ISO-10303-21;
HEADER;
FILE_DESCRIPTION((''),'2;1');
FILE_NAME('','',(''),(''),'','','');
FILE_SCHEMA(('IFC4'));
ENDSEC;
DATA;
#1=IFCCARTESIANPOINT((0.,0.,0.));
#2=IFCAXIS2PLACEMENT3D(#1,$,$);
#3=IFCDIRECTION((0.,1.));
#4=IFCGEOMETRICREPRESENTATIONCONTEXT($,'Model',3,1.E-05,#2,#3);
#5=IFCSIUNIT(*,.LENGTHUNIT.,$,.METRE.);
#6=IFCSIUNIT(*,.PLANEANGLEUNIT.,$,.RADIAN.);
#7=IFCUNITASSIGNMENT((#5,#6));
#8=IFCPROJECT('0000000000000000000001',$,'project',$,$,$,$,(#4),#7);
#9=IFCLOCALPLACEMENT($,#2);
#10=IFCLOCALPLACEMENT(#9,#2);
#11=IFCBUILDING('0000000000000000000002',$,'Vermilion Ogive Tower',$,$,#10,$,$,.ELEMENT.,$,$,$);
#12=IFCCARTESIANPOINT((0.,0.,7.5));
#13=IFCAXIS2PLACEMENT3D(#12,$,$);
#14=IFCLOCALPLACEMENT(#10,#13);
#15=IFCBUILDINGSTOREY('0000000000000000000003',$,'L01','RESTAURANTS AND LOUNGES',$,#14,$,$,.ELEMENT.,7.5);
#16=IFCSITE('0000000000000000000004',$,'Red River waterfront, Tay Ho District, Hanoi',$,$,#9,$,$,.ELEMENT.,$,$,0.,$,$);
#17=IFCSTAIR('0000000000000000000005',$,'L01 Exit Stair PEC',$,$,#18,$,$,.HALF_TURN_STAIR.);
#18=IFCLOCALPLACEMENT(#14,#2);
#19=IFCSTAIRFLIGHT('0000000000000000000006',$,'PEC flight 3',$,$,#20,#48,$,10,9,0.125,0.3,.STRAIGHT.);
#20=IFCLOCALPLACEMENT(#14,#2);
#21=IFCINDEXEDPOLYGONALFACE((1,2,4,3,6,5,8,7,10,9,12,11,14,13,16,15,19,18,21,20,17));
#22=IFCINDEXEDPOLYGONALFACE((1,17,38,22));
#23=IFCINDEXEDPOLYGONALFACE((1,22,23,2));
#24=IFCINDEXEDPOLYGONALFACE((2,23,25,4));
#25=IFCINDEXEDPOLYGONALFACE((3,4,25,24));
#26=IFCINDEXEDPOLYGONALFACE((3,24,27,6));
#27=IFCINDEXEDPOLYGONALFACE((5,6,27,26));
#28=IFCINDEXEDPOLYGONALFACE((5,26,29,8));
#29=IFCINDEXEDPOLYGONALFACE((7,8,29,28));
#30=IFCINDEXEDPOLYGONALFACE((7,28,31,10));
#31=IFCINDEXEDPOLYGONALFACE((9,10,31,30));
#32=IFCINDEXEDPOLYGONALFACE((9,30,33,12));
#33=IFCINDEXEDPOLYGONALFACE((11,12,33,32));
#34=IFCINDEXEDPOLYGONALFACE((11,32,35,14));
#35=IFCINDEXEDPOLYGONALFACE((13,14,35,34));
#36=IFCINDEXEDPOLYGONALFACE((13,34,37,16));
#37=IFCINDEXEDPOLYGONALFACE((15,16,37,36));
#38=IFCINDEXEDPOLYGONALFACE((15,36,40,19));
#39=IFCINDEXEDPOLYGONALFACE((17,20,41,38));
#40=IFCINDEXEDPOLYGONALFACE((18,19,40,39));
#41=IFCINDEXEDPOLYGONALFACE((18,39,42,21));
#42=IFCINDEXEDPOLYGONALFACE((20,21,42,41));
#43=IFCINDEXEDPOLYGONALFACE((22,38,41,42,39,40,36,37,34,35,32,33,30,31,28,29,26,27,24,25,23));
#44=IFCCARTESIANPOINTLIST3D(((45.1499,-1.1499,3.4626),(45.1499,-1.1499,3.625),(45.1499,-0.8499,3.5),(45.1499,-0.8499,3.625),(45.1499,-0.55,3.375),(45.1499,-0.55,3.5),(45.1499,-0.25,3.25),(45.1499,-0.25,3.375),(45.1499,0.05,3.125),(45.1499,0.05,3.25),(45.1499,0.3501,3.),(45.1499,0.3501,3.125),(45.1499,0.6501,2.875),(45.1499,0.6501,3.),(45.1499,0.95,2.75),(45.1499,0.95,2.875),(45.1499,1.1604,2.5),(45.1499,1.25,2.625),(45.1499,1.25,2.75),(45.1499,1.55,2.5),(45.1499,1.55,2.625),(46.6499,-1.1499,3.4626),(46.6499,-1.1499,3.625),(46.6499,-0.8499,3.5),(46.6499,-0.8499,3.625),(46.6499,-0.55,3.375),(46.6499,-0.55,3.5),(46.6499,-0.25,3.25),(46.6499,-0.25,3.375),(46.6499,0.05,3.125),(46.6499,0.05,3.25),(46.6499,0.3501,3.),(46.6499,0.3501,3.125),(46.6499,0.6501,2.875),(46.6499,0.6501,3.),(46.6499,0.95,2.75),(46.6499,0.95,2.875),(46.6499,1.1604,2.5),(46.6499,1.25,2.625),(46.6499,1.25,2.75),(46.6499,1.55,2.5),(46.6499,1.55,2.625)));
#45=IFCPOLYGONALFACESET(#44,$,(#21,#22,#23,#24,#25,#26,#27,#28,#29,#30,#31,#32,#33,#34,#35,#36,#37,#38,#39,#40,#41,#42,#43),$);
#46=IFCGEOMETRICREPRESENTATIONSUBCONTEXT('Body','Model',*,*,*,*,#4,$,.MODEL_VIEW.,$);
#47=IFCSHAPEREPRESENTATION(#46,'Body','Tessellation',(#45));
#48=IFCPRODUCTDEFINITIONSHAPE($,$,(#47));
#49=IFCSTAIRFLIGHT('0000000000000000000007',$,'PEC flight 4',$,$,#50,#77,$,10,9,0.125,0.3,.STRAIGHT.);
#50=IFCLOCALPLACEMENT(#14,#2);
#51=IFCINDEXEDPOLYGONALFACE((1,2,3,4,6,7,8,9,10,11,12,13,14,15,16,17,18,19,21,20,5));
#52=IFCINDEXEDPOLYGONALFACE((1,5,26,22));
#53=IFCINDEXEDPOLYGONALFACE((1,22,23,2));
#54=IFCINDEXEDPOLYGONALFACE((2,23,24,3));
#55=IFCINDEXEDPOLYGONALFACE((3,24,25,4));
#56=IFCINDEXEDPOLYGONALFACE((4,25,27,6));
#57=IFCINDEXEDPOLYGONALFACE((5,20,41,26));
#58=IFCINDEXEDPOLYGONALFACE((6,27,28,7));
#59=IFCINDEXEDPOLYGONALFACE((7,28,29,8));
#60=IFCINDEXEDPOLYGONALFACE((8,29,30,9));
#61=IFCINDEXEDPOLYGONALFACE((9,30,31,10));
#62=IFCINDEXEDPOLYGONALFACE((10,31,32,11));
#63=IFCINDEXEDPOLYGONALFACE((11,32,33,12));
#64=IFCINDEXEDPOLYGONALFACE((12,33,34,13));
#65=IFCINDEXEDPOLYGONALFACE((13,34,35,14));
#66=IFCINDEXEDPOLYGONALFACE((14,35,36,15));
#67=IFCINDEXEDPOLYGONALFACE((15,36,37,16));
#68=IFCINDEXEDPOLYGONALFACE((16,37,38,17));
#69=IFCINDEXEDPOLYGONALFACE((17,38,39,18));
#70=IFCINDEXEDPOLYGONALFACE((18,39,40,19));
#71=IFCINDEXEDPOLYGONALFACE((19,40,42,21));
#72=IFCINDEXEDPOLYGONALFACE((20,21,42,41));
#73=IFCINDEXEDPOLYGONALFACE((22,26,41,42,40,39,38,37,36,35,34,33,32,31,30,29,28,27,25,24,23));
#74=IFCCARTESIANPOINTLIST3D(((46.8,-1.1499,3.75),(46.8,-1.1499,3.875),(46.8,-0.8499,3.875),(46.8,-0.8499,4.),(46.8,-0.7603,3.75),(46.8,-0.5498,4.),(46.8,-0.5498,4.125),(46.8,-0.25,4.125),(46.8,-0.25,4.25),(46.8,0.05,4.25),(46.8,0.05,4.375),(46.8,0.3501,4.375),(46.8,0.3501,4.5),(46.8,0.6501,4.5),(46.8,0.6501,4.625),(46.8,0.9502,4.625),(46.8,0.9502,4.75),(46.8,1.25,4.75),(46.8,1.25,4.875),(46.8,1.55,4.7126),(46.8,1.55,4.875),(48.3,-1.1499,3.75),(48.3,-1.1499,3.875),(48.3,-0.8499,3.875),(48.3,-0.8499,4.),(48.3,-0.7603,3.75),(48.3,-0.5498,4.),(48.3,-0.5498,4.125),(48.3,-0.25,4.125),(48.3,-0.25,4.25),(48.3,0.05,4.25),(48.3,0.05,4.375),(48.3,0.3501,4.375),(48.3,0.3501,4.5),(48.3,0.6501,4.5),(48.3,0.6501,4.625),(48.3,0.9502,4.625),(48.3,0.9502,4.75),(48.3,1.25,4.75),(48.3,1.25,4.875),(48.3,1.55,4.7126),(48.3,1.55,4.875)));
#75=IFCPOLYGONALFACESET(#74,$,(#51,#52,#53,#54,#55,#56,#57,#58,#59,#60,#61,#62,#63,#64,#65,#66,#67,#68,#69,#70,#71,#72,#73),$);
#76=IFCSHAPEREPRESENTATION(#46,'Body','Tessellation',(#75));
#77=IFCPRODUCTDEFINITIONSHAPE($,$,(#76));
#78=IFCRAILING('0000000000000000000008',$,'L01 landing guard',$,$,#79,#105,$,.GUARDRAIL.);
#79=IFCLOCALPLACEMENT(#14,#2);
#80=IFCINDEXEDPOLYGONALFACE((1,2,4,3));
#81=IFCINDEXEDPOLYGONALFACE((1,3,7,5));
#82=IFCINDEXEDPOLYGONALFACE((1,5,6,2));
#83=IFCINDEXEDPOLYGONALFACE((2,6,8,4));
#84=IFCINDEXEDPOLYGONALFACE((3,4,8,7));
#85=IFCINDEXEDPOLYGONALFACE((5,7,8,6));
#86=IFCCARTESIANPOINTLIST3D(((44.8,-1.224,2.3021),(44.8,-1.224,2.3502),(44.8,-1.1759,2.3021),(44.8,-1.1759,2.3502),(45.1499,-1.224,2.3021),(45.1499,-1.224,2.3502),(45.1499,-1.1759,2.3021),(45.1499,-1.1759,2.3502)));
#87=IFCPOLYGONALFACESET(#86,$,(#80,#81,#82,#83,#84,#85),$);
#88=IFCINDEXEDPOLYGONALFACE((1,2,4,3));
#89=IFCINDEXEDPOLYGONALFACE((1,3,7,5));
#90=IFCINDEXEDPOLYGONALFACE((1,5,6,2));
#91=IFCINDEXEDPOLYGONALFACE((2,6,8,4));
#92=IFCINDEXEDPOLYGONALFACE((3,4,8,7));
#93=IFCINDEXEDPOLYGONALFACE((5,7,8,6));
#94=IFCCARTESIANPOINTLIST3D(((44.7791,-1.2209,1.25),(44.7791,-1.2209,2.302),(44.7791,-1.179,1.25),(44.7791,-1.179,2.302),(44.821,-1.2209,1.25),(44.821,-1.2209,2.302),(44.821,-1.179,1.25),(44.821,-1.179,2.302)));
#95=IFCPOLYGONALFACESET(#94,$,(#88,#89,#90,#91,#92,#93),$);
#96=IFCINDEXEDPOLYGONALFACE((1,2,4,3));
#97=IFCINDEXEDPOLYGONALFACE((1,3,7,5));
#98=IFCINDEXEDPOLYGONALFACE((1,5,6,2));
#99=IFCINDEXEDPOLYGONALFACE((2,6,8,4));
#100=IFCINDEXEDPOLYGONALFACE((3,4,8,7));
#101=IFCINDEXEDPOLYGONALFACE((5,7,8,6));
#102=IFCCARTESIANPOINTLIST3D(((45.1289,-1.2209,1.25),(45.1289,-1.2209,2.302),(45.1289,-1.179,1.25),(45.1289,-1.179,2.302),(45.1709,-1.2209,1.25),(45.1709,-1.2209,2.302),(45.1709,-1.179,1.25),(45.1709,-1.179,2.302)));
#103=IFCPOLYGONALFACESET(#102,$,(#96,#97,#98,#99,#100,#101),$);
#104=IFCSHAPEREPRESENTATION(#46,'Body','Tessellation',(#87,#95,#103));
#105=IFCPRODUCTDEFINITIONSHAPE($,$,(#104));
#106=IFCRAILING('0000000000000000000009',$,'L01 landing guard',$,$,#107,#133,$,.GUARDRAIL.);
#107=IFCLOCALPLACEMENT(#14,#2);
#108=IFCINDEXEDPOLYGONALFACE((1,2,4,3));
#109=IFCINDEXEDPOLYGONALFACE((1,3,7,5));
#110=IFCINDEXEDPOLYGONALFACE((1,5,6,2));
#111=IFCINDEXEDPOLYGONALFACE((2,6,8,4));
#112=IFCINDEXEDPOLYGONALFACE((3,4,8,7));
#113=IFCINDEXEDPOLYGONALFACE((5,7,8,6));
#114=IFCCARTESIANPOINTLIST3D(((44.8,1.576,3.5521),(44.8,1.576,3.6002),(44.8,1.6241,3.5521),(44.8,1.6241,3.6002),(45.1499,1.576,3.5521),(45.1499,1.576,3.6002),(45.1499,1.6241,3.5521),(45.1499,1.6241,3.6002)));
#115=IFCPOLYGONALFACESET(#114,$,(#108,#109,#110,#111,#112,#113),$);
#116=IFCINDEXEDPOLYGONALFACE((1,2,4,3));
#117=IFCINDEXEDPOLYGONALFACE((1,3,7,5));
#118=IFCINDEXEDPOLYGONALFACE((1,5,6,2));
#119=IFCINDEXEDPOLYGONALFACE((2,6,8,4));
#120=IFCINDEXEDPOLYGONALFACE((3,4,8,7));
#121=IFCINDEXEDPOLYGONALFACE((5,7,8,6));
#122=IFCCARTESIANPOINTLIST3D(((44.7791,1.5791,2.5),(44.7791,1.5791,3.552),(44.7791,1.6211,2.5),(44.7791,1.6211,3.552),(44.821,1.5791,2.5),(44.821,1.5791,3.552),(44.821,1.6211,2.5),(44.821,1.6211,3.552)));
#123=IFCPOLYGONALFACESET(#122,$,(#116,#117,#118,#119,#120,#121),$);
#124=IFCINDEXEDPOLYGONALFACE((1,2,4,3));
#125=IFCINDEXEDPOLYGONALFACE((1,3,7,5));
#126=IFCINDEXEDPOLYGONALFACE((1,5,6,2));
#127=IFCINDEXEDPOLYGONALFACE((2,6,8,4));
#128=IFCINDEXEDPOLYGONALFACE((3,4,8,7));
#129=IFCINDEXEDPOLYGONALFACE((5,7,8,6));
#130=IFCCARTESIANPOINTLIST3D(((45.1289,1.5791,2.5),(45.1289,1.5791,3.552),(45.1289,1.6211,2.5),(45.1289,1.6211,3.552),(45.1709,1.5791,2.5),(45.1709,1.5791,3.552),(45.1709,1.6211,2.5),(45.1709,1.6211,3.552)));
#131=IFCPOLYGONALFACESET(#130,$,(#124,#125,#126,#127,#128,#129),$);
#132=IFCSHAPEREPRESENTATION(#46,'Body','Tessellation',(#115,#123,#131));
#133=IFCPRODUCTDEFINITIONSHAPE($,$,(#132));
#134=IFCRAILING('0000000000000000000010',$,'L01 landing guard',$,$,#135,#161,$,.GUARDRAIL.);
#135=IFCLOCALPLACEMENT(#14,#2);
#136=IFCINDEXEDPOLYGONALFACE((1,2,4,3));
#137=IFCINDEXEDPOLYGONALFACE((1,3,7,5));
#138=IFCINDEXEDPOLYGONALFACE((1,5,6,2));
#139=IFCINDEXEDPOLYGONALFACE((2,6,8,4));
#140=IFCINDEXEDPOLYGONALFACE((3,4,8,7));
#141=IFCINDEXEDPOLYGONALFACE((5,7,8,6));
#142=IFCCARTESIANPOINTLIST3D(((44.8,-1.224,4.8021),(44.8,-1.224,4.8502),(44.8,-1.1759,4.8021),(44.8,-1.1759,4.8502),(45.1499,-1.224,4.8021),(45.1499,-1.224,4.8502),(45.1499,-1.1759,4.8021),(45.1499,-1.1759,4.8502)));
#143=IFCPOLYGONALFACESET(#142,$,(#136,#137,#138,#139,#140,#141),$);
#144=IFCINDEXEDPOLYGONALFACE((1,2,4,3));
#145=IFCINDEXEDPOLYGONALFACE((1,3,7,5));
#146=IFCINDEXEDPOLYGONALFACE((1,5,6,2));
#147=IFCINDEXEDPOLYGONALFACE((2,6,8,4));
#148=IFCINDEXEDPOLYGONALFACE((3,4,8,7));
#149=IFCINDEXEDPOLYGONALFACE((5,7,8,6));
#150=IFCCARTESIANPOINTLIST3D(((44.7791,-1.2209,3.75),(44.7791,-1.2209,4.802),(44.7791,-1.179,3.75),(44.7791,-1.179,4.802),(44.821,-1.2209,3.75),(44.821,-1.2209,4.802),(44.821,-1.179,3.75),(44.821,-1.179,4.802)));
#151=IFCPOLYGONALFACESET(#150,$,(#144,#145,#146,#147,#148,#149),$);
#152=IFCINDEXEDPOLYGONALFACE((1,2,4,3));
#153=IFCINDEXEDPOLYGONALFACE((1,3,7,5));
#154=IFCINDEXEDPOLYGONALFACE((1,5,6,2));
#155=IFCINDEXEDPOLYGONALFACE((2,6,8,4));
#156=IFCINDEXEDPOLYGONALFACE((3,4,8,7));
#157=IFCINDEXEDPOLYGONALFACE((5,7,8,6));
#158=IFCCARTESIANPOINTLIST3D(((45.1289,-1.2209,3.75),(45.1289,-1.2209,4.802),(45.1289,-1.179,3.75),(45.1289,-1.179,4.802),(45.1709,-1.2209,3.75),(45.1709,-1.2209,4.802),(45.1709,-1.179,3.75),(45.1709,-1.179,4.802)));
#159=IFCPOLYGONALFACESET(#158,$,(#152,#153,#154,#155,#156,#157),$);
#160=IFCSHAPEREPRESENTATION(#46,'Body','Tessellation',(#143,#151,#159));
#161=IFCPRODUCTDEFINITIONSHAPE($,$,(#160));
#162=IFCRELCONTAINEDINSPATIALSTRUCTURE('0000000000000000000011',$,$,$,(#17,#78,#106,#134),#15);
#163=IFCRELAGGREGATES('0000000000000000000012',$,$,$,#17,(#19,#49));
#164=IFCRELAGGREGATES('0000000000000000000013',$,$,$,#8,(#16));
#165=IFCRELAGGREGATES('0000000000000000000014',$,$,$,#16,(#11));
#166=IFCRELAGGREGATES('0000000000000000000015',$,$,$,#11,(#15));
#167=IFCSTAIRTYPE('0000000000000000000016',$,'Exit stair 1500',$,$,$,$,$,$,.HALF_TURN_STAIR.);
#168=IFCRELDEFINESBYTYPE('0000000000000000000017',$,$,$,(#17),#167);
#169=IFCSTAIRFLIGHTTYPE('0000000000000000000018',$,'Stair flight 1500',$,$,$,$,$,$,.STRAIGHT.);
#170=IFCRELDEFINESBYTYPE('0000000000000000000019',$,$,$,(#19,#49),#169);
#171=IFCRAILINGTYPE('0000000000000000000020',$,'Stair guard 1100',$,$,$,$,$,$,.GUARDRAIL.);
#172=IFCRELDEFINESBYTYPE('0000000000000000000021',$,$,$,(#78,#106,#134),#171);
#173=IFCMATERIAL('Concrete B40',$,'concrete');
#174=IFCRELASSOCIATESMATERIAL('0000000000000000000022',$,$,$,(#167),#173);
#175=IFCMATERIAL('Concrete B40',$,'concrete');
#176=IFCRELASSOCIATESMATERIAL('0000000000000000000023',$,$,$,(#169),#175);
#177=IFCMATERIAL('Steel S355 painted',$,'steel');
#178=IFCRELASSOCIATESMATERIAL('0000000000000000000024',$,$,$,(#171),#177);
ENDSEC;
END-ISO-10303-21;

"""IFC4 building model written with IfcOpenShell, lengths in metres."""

from ifc_helpers import new_model, si_unit, direction, frame, origin, origin_2d, place, context, subcontext, project, spatial, polyline, rectangle, outline, extrude, material, type_object, element, aggregate, save


model = new_model("IFC4")

# Units and contexts
model_context = context("Model", 3, precision=1e-05, world=origin(), true_north=direction((0.0, 1.0)))
body_context = subcontext(model_context, "Body", "Model", "MODEL_VIEW")
ifc_project = project(units=[si_unit("LENGTHUNIT", "METRE"), si_unit("PLANEANGLEUNIT", "RADIAN")], contexts=[model_context])

# Site, building, storey
site_placement = place(None, origin())
site = spatial("IfcSite", under=ifc_project, at=site_placement, Name="Red River waterfront, Tay Ho District, Hanoi", CompositionType="ELEMENT", RefElevation=0.0)
building_placement = place(site_placement, origin())
building = spatial("IfcBuilding", under=site, at=building_placement, Name="Vermilion Ogive Tower", CompositionType="ELEMENT")
storey_placement = place(building_placement, frame((0.0, 0.0, 7.5)))
storey = spatial("IfcBuildingStorey", under=building, at=storey_placement, Name="L01", Description="RESTAURANTS AND LOUNGES", CompositionType="ELEMENT", Elevation=7.5)

# Stair, stair flights
ifc_material_1 = material(Name="Concrete B40", Category="concrete")
stair_type = type_object("IfcStairType", Name="Exit stair 1500", PredefinedType="HALF_TURN_STAIR", material=ifc_material_1)
stair_placement = place(storey_placement, origin())
stair = element("IfcStair", 1, at=stair_placement, inside=storey, type_object=stair_type, Name="L01 Exit Stair PEC", PredefinedType="HALF_TURN_STAIR")
ifc_material_2 = material(Name="Concrete B40", Category="concrete")
stair_flight_type = type_object("IfcStairFlightType", Name="Stair flight 1500", PredefinedType="STRAIGHT", material=ifc_material_2)
stair_flight_1_placement = place(storey_placement, frame((45.8999, 1.55, 2.5), z_axis=(0.0, 0.0, 1.0), x_axis=(0.0, -1.0, 0.0)))
stair_flight_1 = element("IfcStairFlight", 2, at=stair_flight_1_placement, type_object=stair_flight_type, Name="PEC flight 3", NumberOfRisers=10, NumberOfTreads=9, PredefinedType="STRAIGHT", RiserHeight=0.125, TreadLength=0.3, context=body_context, shape_type="SweptSolid", body=[
    extrude(outline(polyline([(0.0, 0.0), (0.0, 0.125), (0.3, 0.125), (0.3, 0.25), (0.6001, 0.25), (0.6001, 0.375), (0.8999, 0.375), (0.8999, 0.5), (1.2, 0.5), (1.2, 0.625), (1.5, 0.625), (1.5, 0.75), (1.8, 0.75), (1.8, 0.875), (2.1001, 0.875), (2.1001, 1.0), (2.3999, 1.0), (2.3999, 1.125), (2.7, 1.125), (2.7, 1.25), (2.7, 0.9626), (0.3896, 0.0), (0.0, 0.0)])), frame((0.0, 0.75, 0.0), z_axis=(0.0, -1.0, 0.0), x_axis=(1.0, 0.0, 0.0)), (0.0, 0.0, 1.0), 1.5),
])
stair_flight_2_placement = place(storey_placement, frame((47.55, -1.1499, 3.75), z_axis=(0.0, 0.0, 1.0), x_axis=(0.0, 1.0, 0.0)))
stair_flight_2 = element("IfcStairFlight", 3, at=stair_flight_2_placement, type_object=stair_flight_type, Name="PEC flight 4", NumberOfRisers=10, NumberOfTreads=9, PredefinedType="STRAIGHT", RiserHeight=0.125, TreadLength=0.3, context=body_context, shape_type="SweptSolid", body=[
    extrude(outline(polyline([(0.0, 0.0), (0.0, 0.125), (0.3, 0.125), (0.3, 0.25), (0.6001, 0.25), (0.6001, 0.375), (0.8999, 0.375), (0.8999, 0.5), (1.2, 0.5), (1.2, 0.625), (1.5, 0.625), (1.5, 0.75), (1.8, 0.75), (1.8, 0.875), (2.1001, 0.875), (2.1001, 1.0), (2.3999, 1.0), (2.3999, 1.125), (2.7, 1.125), (2.7, 1.25), (2.7, 0.9626), (0.3896, 0.0), (0.0, 0.0)])), frame((0.0, 0.75, 0.0), z_axis=(0.0, -1.0, 0.0), x_axis=(1.0, 0.0, 0.0)), (0.0, 0.0, 1.0), 1.5),
])
aggregate(stair, [stair_flight_1, stair_flight_2])

# Railings
ifc_material_3 = material(Name="Steel S355 painted", Category="steel")
railing_type_1 = type_object("IfcRailingType", Name="Stair guard 1100", PredefinedType="GUARDRAIL", material=ifc_material_3)
for number, where, name in (
    (4, (44.8, -1.2, 1.25), "L01 landing guard"),
    (5, (44.8, 1.6001, 2.5), "L01 landing guard"),
    (6, (44.8, -1.2, 3.75), "L01 landing guard"),
):
    element("IfcRailing", number, at=place(storey_placement, frame(where)), inside=storey, type_object=railing_type_1, Name=name, PredefinedType="GUARDRAIL", context=body_context, shape_type="SweptSolid", body=[
        extrude(rectangle(XDim=0.0481, YDim=0.0481, at=origin_2d()), frame((0.0, 0.0, 1.0762), z_axis=(1.0, 0.0, 0.0), x_axis=(0.0, 1.0, 0.0)), (0.0, 0.0, 1.0), 0.3499),
        extrude(rectangle(XDim=0.042, YDim=0.042, at=origin_2d()), origin(), (0.0, 0.0, 1.0), 1.052),
        extrude(rectangle(XDim=0.042, YDim=0.042, at=origin_2d()), frame((0.3499, 0.0, 0.0)), (0.0, 0.0, 1.0), 1.052),
    ])

save(model, "model.ifc")
